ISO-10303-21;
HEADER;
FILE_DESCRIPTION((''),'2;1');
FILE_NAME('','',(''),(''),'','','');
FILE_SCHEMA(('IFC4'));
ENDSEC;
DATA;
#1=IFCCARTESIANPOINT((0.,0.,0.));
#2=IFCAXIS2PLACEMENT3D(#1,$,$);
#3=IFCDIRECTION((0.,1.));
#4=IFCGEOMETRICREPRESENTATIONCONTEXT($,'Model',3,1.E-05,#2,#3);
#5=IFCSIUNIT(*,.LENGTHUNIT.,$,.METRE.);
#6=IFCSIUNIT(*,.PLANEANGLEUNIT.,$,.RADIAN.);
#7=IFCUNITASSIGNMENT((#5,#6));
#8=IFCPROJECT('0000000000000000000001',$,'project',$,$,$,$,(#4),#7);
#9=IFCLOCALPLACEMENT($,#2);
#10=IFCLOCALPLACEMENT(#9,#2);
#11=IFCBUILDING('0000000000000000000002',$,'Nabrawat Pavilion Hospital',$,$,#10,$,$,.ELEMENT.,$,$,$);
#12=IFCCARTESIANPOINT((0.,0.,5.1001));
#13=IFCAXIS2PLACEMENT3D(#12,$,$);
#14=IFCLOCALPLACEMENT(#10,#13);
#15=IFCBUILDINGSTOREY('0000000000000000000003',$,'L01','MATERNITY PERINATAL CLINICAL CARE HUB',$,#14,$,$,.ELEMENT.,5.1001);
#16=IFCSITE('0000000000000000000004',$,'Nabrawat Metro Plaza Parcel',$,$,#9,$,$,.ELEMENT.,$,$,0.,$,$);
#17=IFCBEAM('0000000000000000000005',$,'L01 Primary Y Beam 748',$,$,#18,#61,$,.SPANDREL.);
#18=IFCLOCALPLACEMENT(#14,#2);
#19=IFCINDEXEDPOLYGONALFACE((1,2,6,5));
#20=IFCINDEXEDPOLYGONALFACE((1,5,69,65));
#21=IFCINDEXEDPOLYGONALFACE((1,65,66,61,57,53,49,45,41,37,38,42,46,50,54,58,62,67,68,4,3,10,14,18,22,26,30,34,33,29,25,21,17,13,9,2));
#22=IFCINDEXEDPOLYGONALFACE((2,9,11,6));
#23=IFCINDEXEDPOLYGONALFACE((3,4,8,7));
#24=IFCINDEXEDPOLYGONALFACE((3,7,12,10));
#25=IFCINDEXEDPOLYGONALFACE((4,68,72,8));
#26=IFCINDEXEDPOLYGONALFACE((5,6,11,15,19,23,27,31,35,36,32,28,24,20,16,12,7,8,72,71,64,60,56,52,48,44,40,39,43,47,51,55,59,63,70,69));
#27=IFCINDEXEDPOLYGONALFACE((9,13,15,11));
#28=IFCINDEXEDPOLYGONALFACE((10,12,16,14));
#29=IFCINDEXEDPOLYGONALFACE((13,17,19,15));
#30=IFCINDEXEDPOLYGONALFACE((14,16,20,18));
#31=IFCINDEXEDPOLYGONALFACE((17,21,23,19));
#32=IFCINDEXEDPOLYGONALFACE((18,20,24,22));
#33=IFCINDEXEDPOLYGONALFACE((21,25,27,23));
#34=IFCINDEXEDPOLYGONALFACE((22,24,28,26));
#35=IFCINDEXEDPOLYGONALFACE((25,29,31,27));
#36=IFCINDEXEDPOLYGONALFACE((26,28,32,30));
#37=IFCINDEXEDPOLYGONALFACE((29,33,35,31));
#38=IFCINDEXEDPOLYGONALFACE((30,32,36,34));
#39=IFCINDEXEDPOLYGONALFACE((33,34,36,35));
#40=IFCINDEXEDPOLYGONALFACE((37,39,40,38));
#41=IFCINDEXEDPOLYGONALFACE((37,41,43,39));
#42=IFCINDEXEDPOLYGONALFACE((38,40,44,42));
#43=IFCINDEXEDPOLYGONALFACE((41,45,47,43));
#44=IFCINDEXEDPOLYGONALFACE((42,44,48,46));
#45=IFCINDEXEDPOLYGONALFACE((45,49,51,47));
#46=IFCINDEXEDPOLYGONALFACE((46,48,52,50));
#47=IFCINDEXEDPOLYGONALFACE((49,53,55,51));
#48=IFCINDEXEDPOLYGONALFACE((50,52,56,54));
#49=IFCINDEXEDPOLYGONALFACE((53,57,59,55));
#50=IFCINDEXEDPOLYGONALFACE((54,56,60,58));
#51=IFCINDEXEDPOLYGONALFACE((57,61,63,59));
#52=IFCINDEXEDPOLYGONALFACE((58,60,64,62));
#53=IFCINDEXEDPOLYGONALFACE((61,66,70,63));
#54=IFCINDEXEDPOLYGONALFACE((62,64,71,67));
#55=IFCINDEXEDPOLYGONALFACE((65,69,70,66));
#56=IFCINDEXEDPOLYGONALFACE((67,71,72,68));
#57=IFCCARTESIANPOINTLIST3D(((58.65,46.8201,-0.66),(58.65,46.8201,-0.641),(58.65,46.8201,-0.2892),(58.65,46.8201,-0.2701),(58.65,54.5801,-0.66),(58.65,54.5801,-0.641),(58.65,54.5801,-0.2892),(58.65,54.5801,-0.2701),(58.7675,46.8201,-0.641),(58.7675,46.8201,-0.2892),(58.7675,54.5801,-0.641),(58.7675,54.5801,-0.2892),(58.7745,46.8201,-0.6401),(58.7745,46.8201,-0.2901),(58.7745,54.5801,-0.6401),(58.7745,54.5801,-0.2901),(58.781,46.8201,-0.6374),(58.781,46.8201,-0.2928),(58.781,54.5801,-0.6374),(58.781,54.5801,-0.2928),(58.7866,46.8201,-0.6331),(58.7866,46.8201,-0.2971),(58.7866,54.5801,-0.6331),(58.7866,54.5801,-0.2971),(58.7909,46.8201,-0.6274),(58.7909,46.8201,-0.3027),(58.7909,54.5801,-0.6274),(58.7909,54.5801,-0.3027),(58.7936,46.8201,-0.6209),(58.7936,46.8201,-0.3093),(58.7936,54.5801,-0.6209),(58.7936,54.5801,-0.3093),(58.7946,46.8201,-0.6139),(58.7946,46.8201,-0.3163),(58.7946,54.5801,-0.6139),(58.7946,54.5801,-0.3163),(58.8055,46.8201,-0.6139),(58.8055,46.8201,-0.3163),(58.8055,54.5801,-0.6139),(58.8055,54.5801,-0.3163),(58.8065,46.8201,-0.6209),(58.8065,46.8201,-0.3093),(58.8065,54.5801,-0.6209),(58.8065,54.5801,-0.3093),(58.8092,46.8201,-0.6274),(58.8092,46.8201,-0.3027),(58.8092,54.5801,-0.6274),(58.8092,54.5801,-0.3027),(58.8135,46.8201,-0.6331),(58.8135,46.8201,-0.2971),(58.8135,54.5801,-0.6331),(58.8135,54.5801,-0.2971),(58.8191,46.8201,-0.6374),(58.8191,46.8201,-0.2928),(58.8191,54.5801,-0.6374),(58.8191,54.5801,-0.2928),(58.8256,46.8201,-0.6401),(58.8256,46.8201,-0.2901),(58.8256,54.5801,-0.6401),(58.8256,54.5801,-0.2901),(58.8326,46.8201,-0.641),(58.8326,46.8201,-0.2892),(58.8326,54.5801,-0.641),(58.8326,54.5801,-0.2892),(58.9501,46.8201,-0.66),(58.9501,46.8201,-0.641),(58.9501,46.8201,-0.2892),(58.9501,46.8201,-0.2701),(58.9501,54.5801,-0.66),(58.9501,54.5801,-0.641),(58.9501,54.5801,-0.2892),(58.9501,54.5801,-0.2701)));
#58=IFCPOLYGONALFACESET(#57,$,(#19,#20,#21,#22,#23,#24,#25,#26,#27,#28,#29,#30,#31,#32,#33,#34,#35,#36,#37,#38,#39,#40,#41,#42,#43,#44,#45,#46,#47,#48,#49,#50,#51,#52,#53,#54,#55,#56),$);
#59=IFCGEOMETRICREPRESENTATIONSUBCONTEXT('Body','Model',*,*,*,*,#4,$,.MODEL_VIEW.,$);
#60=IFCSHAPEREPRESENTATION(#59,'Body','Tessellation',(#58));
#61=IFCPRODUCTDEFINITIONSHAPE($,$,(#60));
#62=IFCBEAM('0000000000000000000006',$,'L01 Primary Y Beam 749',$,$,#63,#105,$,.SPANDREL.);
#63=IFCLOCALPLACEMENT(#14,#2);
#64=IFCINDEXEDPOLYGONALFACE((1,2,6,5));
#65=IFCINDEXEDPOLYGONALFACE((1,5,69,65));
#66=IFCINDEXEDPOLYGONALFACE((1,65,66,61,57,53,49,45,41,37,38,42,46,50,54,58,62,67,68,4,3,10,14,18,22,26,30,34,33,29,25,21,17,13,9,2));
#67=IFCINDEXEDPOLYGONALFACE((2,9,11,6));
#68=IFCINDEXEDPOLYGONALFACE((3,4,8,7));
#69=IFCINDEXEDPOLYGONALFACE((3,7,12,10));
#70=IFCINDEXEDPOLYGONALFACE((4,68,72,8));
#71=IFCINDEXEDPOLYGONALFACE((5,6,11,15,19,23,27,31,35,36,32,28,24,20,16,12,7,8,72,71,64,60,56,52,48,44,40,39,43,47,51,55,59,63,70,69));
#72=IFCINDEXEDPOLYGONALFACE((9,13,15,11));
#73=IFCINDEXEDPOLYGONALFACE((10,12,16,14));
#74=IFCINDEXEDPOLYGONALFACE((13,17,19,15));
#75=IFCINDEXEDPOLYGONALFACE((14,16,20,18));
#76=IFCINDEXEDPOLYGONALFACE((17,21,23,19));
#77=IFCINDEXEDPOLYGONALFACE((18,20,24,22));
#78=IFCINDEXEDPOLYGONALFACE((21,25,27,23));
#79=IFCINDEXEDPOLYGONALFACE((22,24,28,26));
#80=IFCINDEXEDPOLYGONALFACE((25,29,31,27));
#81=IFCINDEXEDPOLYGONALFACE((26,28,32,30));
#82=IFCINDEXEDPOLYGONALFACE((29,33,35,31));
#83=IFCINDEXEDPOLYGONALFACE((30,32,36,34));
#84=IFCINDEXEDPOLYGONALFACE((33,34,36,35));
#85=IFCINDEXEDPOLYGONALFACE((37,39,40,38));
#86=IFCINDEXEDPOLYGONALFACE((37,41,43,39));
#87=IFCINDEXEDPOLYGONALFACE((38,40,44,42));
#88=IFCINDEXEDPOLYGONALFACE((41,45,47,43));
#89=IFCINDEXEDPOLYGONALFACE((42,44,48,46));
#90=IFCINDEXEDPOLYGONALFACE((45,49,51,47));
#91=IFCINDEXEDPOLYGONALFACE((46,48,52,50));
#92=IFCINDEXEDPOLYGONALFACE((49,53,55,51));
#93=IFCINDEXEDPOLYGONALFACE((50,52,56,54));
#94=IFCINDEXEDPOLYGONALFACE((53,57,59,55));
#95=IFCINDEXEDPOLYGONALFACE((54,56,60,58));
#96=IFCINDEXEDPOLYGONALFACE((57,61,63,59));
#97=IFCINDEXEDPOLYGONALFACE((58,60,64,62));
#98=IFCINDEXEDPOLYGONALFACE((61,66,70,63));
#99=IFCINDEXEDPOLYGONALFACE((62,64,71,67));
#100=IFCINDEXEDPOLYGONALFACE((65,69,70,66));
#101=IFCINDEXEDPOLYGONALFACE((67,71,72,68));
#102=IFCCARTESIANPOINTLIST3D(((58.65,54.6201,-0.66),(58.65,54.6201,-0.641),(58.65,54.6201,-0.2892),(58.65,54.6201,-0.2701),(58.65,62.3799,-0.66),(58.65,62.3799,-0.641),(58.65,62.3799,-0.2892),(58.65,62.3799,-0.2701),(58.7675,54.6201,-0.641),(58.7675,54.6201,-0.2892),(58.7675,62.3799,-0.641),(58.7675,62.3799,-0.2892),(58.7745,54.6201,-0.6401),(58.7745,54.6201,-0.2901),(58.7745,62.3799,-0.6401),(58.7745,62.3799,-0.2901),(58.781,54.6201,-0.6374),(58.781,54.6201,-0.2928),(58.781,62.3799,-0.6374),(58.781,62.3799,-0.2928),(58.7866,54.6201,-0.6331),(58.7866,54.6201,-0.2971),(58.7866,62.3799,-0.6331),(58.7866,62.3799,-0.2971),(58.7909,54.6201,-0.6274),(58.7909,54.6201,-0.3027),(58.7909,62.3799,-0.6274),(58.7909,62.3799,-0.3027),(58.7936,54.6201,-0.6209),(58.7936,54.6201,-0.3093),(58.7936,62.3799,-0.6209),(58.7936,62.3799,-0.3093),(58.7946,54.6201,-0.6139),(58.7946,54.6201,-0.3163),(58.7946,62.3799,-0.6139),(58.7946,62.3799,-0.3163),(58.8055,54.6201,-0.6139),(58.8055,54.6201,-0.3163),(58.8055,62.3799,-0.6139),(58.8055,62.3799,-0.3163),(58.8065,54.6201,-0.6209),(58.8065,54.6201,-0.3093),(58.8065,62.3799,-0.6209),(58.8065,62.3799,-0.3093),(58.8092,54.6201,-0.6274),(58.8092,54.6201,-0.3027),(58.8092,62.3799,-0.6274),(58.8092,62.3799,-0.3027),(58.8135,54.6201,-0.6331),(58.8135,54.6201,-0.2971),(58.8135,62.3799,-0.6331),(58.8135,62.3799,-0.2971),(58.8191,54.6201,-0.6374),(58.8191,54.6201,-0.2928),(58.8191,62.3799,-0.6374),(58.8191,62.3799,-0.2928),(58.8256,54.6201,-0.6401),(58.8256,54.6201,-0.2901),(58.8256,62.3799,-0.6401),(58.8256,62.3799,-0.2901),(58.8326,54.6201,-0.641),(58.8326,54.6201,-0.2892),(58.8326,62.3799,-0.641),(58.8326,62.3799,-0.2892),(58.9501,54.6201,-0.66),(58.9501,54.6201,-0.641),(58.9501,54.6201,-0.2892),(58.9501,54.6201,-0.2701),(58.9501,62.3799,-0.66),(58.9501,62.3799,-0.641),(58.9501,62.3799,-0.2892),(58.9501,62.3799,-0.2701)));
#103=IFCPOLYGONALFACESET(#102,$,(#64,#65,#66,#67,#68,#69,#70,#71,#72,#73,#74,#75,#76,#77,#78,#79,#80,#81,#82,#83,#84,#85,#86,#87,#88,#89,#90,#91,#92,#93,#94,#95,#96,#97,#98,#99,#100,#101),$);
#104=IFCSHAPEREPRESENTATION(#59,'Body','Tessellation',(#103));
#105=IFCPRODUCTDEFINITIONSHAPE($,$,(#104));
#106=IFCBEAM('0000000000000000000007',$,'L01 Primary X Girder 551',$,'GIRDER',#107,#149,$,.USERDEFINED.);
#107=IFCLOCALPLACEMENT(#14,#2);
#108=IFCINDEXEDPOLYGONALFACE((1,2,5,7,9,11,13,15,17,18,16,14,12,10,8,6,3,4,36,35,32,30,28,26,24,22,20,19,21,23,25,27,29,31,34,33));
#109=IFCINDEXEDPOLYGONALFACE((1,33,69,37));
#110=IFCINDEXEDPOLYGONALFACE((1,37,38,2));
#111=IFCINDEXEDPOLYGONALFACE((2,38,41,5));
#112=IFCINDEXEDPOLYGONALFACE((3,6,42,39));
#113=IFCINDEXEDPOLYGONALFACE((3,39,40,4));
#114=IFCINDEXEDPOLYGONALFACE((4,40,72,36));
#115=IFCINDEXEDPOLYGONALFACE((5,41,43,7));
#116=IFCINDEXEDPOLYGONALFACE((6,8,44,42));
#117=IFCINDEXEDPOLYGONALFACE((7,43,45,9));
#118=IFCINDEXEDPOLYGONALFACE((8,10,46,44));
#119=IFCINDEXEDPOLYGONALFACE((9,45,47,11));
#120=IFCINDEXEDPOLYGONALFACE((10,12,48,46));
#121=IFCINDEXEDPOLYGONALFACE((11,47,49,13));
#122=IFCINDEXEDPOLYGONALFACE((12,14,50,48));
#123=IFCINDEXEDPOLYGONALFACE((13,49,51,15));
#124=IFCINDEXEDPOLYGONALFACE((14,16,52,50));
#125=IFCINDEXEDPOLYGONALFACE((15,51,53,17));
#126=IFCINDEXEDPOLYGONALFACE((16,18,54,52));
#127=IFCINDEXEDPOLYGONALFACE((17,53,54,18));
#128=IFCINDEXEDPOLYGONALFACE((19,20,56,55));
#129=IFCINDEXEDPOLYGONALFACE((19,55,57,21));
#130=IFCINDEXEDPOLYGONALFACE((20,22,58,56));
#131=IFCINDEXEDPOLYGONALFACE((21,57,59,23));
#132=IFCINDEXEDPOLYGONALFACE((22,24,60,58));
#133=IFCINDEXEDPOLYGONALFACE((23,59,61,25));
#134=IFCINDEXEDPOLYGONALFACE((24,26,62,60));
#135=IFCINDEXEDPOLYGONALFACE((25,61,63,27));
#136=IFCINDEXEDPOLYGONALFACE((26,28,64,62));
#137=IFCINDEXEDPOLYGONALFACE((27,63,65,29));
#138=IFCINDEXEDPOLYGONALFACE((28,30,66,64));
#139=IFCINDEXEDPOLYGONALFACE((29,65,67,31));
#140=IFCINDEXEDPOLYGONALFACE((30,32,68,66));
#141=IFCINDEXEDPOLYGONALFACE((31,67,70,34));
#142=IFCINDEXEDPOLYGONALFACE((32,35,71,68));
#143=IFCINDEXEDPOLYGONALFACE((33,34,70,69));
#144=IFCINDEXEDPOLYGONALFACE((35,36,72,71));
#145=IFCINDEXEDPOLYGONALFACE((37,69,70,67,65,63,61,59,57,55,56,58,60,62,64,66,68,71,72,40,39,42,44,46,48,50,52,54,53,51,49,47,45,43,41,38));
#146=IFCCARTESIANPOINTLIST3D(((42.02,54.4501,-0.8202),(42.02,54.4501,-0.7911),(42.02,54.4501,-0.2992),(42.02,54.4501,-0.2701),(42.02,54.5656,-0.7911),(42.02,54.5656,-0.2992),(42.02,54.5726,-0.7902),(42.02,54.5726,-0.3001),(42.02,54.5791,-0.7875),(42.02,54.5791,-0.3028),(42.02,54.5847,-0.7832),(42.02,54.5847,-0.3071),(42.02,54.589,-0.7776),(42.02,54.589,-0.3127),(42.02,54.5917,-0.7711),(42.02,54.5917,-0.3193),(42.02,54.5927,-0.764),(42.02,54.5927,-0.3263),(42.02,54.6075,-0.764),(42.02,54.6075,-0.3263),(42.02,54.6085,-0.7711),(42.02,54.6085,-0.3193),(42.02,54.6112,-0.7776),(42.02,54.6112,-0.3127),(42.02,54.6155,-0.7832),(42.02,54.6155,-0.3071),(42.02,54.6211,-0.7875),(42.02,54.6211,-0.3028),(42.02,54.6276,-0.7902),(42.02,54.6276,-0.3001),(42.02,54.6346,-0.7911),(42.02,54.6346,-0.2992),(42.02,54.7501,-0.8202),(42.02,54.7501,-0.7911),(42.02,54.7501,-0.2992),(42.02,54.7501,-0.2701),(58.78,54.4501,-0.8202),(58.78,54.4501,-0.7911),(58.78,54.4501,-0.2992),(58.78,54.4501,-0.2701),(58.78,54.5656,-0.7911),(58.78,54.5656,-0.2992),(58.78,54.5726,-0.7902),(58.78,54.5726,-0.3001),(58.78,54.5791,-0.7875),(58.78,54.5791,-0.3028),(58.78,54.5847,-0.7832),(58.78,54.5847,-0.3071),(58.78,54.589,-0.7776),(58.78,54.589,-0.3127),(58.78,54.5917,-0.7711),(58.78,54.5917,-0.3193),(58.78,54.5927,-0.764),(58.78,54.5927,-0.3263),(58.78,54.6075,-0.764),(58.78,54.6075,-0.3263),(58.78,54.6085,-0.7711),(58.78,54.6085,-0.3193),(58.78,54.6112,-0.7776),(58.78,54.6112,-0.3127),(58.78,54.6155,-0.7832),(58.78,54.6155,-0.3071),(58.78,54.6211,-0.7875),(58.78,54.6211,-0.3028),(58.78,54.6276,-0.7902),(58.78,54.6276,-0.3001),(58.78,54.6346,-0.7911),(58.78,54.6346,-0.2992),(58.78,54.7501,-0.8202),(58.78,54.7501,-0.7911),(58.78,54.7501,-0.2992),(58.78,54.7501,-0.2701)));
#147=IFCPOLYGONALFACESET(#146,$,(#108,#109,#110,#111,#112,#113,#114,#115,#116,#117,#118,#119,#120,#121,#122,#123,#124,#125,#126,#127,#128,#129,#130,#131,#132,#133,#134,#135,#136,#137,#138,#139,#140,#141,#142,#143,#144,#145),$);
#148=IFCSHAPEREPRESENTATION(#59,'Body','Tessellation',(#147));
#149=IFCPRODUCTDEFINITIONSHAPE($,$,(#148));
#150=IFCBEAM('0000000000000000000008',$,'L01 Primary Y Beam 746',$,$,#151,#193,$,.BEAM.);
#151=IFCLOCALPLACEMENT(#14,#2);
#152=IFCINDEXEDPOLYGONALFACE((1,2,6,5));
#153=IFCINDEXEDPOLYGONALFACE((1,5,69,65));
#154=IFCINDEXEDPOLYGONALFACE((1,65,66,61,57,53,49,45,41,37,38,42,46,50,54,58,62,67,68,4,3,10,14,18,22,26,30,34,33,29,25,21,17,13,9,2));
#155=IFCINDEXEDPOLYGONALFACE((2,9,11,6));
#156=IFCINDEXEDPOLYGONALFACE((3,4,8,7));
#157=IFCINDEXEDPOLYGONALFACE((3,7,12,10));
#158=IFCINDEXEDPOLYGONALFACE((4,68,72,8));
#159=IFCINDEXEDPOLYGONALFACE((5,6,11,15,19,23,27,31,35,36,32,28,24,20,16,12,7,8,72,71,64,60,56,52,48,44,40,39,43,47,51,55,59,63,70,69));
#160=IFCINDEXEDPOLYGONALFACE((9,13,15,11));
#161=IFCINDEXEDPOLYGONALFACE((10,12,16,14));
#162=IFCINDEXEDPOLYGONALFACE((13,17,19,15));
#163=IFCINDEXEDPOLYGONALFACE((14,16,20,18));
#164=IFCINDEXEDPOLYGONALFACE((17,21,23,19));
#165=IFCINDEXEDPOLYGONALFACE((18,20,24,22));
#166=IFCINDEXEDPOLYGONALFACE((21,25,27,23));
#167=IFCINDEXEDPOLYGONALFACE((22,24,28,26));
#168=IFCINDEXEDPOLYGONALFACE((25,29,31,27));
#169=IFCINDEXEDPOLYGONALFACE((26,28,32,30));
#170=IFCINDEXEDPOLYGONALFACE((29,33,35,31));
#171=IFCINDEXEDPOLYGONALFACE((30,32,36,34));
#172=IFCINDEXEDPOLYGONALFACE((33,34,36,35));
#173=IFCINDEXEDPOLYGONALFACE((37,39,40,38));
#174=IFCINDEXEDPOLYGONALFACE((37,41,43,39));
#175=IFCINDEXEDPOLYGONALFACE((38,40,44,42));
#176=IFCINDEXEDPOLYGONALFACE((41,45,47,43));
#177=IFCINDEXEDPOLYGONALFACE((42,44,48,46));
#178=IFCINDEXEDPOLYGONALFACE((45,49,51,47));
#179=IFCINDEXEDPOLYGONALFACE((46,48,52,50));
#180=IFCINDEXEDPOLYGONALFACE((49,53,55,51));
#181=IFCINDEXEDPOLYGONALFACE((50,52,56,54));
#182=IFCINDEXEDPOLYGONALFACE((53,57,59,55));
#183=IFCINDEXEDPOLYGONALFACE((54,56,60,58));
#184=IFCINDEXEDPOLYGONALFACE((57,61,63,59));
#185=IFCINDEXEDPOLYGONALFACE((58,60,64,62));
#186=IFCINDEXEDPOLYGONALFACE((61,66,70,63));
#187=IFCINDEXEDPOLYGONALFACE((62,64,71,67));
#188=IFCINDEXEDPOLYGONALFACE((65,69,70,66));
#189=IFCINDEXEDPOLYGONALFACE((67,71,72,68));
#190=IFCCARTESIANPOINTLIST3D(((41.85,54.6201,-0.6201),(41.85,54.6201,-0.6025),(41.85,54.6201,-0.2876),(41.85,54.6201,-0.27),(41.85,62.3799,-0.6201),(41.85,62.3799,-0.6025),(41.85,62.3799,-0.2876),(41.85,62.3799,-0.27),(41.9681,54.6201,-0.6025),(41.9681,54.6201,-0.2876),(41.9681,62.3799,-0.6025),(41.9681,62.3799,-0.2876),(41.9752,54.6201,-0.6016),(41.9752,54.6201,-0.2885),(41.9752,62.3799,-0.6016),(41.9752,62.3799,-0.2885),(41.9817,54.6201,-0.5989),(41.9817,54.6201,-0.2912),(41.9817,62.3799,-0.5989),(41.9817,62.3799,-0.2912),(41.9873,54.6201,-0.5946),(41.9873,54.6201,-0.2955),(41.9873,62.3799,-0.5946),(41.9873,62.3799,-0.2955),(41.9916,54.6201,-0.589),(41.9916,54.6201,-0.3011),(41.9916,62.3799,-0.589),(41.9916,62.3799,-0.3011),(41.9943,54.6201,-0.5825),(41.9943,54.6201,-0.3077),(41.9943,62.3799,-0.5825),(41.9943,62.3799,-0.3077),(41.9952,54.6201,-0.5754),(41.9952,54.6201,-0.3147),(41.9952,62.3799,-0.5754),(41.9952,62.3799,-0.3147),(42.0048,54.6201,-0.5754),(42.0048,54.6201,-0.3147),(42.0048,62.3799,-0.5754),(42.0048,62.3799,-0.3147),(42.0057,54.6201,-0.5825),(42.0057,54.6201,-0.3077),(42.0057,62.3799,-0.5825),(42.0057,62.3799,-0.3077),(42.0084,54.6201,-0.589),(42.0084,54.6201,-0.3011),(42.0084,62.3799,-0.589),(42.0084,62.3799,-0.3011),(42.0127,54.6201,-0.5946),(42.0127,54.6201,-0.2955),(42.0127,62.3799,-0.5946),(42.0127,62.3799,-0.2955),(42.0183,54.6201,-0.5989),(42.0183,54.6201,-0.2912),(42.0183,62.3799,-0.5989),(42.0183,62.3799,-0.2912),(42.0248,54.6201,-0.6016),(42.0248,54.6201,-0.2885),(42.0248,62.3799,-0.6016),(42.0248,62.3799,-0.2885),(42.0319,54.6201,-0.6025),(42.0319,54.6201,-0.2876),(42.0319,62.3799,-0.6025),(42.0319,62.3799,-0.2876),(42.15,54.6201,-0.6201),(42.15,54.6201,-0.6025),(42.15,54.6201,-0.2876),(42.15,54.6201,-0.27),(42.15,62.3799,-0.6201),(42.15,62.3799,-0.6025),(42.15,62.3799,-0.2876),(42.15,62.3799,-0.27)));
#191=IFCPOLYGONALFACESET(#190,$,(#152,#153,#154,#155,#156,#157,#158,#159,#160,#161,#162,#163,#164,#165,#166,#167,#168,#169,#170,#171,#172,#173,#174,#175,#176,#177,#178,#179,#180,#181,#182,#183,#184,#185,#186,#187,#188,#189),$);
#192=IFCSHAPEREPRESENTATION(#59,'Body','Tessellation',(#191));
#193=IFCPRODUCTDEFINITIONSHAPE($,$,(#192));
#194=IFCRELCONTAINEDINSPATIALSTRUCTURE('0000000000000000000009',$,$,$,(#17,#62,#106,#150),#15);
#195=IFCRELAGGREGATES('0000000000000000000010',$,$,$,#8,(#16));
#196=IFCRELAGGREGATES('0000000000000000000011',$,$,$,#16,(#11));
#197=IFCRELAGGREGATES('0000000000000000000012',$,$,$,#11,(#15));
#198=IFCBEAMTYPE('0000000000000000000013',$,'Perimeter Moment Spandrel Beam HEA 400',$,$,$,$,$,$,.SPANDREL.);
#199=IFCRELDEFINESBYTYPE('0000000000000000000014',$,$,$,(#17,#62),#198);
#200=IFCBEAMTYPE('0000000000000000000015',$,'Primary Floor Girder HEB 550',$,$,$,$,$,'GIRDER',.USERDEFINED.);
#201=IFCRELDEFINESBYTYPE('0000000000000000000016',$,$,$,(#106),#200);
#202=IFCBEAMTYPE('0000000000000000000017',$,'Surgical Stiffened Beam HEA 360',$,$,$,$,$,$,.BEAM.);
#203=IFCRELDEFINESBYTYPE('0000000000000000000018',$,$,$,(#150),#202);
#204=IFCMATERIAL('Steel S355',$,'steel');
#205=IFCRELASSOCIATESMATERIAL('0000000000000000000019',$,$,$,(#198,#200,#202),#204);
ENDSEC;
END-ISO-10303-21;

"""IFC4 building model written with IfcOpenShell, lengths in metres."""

from ifc_helpers import new_model, si_unit, direction, frame, origin, origin_2d, place, context, subcontext, project, spatial, i_section, extrude, material, material_profile, profile_set, type_object, element, save


model = new_model("IFC4")

# Units and contexts
model_context = context("Model", 3, precision=1e-05, world=origin(), true_north=direction((0.0, 1.0)))
body_context = subcontext(model_context, "Body", "Model", "MODEL_VIEW")
ifc_project = project(units=[si_unit("LENGTHUNIT", "METRE"), si_unit("PLANEANGLEUNIT", "RADIAN")], contexts=[model_context])

# Site, building, storey
site_placement = place(None, origin())
site = spatial("IfcSite", under=ifc_project, at=site_placement, Name="Nabrawat Metro Plaza Parcel", CompositionType="ELEMENT", RefElevation=0.0)
building_placement = place(site_placement, origin())
building = spatial("IfcBuilding", under=site, at=building_placement, Name="Nabrawat Pavilion Hospital", CompositionType="ELEMENT")
storey_placement = place(building_placement, frame((0.0, 0.0, 5.1001)))
storey = spatial("IfcBuildingStorey", under=building, at=storey_placement, Name="L01", Description="MATERNITY PERINATAL CLINICAL CARE HUB", CompositionType="ELEMENT", Elevation=5.1001)

# Shared definitions
ifc_material_1 = material(Name="Steel S355", Category="steel")

# Beams
ifc_material_profile_1 = material_profile(ifc_material_1, i_section(OverallWidth=0.3, OverallDepth=0.3899, WebThickness=0.011, FlangeThickness=0.019, FilletRadius=0.0271, at=origin_2d()), Name="HEA 400")
ifc_profile_set_1 = profile_set([ifc_material_profile_1], Name="Steel S355")
beam_type_1 = type_object("IfcBeamType", Name="Perimeter Moment Spandrel Beam HEA 400", PredefinedType="SPANDREL", material=ifc_profile_set_1)
beam_1_placement = place(storey_placement, frame((58.8, 46.8201, -0.4651), z_axis=(0.0, 1.0, 0.0), x_axis=(-1.0, 0.0, 0.0)))
element("IfcBeam", 1, at=beam_1_placement, inside=storey, type_object=beam_type_1, Name="L01 Primary Y Beam 748", PredefinedType="SPANDREL", context=body_context, shape_type="SweptSolid", body=[
    extrude(i_section(OverallWidth=0.3, OverallDepth=0.3899, WebThickness=0.011, FlangeThickness=0.019, FilletRadius=0.0271, at=origin_2d()), origin(), (0.0, 0.0, 1.0), 7.76),
])
beam_2_placement = place(storey_placement, frame((58.8, 54.6201, -0.4651), z_axis=(0.0, 1.0, 0.0), x_axis=(-1.0, 0.0, 0.0)))
element("IfcBeam", 2, at=beam_2_placement, inside=storey, type_object=beam_type_1, Name="L01 Primary Y Beam 749", PredefinedType="SPANDREL", context=body_context, shape_type="SweptSolid", body=[
    extrude(i_section(OverallWidth=0.3, OverallDepth=0.3899, WebThickness=0.011, FlangeThickness=0.019, FilletRadius=0.0271, at=origin_2d()), origin(), (0.0, 0.0, 1.0), 7.7598),
])
ifc_material_profile_2 = material_profile(ifc_material_1, i_section(OverallWidth=0.3, OverallDepth=0.55, WebThickness=0.0149, FlangeThickness=0.0291, FilletRadius=0.0271, at=origin_2d()), Name="HEB 550")
ifc_profile_set_2 = profile_set([ifc_material_profile_2], Name="Steel S355")
beam_type_2 = type_object("IfcBeamType", Name="Primary Floor Girder HEB 550", ElementType="GIRDER", PredefinedType="USERDEFINED", material=ifc_profile_set_2)
beam_3_placement = place(storey_placement, frame((42.02, 54.6001, -0.5452), z_axis=(1.0, 0.0, 0.0), x_axis=(0.0, 1.0, 0.0)))
element("IfcBeam", 3, at=beam_3_placement, inside=storey, type_object=beam_type_2, Name="L01 Primary X Girder 551", ObjectType="GIRDER", PredefinedType="USERDEFINED", context=body_context, shape_type="SweptSolid", body=[
    extrude(i_section(OverallWidth=0.3, OverallDepth=0.55, WebThickness=0.0149, FlangeThickness=0.0291, FilletRadius=0.0271, at=origin_2d()), origin(), (0.0, 0.0, 1.0), 16.76),
])
ifc_material_profile_3 = material_profile(ifc_material_1, i_section(OverallWidth=0.3, OverallDepth=0.3501, WebThickness=0.0095, FlangeThickness=0.0176, FilletRadius=0.0271, at=origin_2d()), Name="HEA 360")
ifc_profile_set_3 = profile_set([ifc_material_profile_3], Name="Steel S355")
beam_type_3 = type_object("IfcBeamType", Name="Surgical Stiffened Beam HEA 360", PredefinedType="BEAM", material=ifc_profile_set_3)
beam_4_placement = place(storey_placement, frame((42.0, 54.6201, -0.4451), z_axis=(0.0, 1.0, 0.0), x_axis=(-1.0, 0.0, 0.0)))
element("IfcBeam", 4, at=beam_4_placement, inside=storey, type_object=beam_type_3, Name="L01 Primary Y Beam 746", PredefinedType="BEAM", context=body_context, shape_type="SweptSolid", body=[
    extrude(i_section(OverallWidth=0.3, OverallDepth=0.3501, WebThickness=0.0095, FlangeThickness=0.0176, FilletRadius=0.0271, at=origin_2d()), origin(), (0.0, 0.0, 1.0), 7.7598),
])

save(model, "model.ifc")
